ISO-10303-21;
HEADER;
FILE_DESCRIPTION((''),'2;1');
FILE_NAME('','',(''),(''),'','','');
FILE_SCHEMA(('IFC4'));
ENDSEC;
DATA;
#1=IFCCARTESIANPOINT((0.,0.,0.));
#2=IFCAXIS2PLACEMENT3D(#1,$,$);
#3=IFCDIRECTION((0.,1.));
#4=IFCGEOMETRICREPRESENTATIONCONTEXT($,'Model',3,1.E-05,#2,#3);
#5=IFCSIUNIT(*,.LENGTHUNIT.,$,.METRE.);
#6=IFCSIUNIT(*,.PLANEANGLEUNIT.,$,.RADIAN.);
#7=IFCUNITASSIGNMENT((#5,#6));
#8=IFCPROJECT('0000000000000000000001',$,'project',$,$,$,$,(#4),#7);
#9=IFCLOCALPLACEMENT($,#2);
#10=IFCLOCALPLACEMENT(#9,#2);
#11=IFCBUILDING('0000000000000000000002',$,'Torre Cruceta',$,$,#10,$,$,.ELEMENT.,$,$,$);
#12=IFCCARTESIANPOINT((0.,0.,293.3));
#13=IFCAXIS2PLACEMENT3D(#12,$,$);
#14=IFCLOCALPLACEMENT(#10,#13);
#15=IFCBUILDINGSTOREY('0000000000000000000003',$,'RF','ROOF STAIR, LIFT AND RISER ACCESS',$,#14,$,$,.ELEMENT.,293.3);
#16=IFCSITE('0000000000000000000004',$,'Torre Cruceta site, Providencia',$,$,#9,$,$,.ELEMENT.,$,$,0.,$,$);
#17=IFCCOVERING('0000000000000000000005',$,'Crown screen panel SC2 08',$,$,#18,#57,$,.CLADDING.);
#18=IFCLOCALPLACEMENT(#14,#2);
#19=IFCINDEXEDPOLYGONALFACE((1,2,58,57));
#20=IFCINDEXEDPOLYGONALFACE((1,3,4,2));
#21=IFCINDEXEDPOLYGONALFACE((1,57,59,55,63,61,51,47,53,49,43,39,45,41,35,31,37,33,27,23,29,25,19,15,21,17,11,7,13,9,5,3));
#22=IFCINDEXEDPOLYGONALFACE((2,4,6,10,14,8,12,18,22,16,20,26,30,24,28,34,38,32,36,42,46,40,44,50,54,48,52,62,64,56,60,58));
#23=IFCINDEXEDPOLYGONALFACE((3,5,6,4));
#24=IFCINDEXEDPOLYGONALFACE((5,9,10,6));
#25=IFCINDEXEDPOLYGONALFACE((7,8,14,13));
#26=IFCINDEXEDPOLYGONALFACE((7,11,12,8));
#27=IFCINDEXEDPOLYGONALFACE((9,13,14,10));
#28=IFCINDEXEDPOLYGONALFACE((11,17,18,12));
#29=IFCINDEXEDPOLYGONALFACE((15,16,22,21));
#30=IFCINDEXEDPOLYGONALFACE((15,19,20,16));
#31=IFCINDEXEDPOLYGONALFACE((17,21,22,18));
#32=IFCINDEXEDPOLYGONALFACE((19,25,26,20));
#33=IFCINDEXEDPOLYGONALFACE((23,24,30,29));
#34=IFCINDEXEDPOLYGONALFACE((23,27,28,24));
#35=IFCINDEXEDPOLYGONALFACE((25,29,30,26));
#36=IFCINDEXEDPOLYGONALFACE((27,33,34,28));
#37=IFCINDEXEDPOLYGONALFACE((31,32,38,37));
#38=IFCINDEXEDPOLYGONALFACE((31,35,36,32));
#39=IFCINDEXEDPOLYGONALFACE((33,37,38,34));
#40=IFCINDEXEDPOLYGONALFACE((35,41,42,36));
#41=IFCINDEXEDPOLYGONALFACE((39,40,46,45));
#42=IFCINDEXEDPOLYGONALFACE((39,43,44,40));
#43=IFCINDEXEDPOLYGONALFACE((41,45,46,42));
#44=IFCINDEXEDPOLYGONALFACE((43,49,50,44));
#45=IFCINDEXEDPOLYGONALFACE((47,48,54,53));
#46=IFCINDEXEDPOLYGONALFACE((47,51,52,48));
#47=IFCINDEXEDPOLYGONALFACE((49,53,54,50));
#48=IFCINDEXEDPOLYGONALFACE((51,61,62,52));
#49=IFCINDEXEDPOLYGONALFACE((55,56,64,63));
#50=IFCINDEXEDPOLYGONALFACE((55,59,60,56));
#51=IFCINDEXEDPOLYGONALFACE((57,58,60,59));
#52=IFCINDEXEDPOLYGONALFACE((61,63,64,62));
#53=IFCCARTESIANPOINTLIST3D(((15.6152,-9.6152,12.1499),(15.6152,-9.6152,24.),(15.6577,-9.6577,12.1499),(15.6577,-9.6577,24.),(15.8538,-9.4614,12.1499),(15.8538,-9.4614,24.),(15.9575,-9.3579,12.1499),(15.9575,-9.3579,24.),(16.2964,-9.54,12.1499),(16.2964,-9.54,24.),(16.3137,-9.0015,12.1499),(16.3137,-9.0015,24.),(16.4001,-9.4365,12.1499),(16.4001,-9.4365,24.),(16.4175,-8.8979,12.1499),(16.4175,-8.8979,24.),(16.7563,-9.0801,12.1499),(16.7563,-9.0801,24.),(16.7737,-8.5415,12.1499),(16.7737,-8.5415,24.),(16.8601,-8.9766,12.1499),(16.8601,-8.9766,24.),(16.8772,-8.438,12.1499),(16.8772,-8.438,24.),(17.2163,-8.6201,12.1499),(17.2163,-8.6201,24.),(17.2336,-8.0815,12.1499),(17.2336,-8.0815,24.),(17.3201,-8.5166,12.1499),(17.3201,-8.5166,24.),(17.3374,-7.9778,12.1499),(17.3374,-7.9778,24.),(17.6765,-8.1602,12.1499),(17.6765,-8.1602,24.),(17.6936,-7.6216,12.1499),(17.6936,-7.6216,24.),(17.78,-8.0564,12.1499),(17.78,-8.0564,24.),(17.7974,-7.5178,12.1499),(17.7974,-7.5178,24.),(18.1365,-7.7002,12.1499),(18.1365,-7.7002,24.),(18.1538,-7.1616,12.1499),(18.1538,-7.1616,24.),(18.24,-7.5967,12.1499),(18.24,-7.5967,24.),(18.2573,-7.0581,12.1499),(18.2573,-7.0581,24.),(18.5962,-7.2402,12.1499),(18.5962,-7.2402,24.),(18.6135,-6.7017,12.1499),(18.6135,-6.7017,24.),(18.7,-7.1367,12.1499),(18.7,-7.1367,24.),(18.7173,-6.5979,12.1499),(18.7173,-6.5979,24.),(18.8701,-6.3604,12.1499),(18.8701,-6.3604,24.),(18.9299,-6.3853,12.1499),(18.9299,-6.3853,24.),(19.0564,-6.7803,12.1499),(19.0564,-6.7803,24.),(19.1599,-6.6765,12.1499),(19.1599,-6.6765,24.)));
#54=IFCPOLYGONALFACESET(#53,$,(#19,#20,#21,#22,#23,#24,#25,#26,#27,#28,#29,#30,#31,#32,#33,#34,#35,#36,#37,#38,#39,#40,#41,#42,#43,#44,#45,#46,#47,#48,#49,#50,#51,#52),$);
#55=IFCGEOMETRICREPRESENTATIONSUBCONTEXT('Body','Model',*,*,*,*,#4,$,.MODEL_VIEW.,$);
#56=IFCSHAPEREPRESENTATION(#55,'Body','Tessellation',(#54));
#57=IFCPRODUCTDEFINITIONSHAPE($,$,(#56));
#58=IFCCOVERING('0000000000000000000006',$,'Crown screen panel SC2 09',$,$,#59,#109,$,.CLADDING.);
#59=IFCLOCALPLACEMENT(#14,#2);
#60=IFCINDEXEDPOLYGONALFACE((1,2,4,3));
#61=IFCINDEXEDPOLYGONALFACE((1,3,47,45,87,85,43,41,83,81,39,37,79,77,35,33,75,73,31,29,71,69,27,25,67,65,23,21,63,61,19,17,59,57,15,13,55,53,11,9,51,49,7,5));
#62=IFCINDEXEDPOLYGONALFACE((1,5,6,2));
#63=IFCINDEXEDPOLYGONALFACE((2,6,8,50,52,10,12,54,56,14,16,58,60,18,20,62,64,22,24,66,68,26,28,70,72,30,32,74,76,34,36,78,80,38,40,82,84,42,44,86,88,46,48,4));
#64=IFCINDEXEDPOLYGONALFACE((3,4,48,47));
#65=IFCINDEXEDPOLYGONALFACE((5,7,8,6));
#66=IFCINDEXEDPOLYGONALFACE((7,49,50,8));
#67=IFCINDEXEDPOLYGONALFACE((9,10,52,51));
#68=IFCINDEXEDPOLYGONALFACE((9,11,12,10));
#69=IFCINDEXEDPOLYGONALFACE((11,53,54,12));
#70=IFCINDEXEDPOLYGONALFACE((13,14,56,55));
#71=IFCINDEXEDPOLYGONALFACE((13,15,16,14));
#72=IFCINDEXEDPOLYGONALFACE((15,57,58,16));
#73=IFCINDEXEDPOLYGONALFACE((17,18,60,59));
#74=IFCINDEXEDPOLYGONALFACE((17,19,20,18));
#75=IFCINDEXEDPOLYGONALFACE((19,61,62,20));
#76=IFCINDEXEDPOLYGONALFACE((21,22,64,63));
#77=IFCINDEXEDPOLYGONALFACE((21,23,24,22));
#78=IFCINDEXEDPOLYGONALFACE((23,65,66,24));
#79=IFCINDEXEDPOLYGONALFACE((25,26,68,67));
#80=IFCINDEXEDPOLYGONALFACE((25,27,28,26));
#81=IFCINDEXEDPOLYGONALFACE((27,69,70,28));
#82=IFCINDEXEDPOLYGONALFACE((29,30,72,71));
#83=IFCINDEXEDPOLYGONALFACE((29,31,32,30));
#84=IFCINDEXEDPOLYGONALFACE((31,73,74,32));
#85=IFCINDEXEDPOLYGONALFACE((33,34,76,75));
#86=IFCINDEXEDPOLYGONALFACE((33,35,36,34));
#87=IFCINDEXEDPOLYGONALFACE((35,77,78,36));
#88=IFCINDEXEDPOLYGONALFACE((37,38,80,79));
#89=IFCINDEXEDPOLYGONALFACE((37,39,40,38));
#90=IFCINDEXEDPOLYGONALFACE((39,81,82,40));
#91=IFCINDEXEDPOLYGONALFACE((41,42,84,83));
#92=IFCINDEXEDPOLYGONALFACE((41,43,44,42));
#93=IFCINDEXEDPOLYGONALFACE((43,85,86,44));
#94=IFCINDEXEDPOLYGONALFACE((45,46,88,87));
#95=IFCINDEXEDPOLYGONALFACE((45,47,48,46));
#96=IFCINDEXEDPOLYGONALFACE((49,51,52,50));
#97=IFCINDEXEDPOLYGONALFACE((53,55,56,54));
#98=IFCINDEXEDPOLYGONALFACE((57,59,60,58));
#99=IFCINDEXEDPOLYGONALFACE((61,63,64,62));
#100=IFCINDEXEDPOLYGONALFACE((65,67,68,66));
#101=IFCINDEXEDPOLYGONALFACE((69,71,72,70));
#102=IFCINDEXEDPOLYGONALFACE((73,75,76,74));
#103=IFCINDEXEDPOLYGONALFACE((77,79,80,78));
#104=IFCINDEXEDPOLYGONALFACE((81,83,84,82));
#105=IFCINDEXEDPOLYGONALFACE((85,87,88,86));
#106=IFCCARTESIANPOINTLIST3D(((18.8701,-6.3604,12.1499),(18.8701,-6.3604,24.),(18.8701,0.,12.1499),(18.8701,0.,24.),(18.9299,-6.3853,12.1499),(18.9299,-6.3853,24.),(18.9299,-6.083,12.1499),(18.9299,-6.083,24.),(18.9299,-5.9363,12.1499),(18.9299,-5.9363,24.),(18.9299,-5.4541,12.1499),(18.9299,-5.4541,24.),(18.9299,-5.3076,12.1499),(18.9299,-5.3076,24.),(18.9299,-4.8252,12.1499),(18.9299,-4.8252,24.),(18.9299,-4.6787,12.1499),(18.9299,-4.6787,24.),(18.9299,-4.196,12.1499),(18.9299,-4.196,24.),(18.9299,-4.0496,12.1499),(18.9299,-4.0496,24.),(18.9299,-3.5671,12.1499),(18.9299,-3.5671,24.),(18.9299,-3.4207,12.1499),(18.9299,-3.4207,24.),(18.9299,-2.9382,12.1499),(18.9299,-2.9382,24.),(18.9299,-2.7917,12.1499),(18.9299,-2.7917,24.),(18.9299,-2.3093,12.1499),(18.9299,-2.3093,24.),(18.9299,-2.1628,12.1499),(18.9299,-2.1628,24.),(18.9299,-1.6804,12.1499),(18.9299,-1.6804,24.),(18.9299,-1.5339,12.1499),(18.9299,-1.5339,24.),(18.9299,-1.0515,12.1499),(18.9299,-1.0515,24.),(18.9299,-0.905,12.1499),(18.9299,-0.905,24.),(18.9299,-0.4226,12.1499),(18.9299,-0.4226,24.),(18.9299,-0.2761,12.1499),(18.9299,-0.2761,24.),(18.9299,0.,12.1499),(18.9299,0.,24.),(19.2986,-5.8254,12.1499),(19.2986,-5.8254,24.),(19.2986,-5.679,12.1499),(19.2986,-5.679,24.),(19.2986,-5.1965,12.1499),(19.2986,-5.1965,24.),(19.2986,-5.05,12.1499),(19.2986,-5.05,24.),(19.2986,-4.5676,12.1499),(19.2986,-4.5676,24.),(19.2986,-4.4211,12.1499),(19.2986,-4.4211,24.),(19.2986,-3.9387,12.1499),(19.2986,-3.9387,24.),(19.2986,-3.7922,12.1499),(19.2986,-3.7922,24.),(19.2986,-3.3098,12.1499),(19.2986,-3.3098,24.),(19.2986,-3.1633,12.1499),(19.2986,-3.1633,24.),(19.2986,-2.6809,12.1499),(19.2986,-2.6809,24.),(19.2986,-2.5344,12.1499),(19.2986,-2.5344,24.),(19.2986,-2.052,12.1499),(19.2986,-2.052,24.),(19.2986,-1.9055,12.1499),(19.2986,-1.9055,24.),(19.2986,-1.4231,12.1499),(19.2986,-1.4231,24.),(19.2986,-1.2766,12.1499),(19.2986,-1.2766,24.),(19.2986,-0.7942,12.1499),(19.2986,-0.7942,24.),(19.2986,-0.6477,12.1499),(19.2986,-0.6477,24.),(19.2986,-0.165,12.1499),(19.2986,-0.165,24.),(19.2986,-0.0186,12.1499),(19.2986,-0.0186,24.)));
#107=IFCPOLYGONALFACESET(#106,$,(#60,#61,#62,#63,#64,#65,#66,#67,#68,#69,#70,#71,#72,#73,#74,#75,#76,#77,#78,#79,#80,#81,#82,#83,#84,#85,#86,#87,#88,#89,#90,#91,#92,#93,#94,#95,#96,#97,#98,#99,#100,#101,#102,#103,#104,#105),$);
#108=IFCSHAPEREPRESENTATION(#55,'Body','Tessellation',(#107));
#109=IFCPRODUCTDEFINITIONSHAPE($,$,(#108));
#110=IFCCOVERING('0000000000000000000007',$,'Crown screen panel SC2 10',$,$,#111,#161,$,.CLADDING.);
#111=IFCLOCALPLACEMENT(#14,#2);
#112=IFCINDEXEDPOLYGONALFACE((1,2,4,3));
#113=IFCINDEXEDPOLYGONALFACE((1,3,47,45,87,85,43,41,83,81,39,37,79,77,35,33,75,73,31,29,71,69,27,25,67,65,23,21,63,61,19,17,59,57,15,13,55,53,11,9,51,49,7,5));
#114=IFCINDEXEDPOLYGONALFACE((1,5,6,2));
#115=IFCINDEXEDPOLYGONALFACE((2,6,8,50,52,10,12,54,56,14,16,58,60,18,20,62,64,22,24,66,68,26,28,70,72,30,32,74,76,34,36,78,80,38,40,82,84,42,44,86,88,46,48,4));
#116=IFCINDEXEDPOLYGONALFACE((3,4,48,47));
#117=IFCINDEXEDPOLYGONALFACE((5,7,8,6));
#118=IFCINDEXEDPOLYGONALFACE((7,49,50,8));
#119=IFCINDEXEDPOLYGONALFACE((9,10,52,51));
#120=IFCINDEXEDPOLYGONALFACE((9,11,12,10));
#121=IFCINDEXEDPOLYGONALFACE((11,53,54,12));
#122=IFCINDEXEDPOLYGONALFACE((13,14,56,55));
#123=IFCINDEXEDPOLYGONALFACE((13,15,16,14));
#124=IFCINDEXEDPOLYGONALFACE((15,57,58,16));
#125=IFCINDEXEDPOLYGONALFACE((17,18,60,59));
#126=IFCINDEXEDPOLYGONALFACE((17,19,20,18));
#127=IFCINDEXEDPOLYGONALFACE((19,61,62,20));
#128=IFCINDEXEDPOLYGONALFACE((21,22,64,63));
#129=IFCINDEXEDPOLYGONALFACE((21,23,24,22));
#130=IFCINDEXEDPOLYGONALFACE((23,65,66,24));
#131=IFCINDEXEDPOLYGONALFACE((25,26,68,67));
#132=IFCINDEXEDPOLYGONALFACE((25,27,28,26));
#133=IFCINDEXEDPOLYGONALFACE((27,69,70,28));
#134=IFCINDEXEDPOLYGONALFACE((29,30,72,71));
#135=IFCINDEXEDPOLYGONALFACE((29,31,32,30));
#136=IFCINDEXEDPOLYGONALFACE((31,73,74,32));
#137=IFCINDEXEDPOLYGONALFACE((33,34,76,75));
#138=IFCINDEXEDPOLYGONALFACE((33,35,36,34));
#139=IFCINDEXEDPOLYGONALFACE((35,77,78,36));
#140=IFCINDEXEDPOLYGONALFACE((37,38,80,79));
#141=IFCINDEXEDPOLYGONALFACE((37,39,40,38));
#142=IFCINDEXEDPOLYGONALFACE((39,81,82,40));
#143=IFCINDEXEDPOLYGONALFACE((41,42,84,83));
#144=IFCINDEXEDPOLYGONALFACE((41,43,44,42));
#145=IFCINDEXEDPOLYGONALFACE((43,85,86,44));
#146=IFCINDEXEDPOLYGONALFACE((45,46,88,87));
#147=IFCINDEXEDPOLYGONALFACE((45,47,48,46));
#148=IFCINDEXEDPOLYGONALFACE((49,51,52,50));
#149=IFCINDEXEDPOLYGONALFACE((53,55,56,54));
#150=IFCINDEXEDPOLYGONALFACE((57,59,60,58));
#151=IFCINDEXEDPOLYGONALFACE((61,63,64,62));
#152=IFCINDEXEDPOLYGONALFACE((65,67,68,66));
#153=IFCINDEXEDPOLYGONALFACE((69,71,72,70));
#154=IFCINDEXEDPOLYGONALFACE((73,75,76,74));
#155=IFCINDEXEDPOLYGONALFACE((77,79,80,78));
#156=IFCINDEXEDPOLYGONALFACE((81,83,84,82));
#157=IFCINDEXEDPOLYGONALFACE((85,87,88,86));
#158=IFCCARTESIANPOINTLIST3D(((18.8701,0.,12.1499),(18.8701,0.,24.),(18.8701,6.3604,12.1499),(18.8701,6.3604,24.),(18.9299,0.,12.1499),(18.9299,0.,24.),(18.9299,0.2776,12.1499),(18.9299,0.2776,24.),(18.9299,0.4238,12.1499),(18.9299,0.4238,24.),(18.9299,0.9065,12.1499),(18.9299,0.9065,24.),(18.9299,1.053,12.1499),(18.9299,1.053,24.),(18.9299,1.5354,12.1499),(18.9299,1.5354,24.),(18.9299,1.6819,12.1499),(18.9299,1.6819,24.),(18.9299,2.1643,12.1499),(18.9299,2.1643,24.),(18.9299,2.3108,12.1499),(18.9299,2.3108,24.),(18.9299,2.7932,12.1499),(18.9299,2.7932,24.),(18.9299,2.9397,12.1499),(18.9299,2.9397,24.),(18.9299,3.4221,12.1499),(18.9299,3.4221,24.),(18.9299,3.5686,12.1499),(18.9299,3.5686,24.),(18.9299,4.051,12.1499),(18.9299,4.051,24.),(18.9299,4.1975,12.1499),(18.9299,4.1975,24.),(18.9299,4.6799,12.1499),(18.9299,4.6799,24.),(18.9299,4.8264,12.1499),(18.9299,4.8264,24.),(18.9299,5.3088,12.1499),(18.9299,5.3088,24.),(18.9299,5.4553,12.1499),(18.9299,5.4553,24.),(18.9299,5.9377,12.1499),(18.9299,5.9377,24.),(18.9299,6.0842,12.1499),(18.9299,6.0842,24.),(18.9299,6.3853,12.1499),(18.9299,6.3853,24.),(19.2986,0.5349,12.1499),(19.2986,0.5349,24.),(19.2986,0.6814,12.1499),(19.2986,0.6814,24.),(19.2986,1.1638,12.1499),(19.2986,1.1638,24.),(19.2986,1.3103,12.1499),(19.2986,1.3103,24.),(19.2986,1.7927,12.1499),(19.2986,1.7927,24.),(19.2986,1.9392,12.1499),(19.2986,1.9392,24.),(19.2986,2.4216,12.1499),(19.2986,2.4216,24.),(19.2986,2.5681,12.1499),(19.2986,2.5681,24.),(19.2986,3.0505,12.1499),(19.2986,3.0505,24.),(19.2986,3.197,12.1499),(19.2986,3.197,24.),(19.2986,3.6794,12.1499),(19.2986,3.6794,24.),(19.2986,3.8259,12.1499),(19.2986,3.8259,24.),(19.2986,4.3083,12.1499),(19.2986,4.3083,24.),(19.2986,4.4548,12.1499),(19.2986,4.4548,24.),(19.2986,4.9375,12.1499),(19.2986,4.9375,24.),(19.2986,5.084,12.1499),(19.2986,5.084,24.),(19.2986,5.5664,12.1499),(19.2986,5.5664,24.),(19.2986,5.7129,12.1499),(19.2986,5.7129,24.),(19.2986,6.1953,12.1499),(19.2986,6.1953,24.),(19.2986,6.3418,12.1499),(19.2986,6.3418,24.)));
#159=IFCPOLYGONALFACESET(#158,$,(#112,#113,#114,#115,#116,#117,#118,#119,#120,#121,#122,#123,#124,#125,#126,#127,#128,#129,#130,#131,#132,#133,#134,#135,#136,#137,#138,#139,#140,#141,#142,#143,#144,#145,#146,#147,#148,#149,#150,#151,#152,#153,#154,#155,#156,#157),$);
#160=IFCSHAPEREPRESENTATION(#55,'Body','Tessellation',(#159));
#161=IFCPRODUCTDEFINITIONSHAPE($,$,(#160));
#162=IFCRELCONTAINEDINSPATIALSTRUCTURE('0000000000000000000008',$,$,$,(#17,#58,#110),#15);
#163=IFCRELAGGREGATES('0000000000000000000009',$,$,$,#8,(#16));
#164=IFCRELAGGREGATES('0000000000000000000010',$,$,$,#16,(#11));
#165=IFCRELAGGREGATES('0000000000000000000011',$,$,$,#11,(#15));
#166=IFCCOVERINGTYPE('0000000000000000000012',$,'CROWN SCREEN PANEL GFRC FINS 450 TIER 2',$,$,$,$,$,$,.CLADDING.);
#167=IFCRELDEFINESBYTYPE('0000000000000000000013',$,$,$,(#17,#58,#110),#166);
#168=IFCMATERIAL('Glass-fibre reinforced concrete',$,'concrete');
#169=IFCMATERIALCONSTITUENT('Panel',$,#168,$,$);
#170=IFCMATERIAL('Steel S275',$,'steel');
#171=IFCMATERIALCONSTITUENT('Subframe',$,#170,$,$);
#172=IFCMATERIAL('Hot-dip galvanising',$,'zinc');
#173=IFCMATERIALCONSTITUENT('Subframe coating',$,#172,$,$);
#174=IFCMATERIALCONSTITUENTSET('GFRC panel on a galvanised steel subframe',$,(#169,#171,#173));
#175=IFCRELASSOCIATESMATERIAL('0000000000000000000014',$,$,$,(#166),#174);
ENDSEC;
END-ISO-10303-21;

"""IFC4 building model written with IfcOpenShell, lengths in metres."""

from ifc_helpers import new_model, si_unit, direction, frame, origin, place, context, subcontext, project, spatial, polyline, outline, extrude, material, constituent, constituent_set, type_object, element, save


model = new_model("IFC4")

# Units and contexts
model_context = context("Model", 3, precision=1e-05, world=origin(), true_north=direction((0.0, 1.0)))
body_context = subcontext(model_context, "Body", "Model", "MODEL_VIEW")
ifc_project = project(units=[si_unit("LENGTHUNIT", "METRE"), si_unit("PLANEANGLEUNIT", "RADIAN")], contexts=[model_context])

# Site, building, storey
site_placement = place(None, origin())
site = spatial("IfcSite", under=ifc_project, at=site_placement, Name="Torre Cruceta site, Providencia", CompositionType="ELEMENT", RefElevation=0.0)
building_placement = place(site_placement, origin())
building = spatial("IfcBuilding", under=site, at=building_placement, Name="Torre Cruceta", CompositionType="ELEMENT")
storey_placement = place(building_placement, frame((0.0, 0.0, 293.3)))
storey = spatial("IfcBuildingStorey", under=building, at=storey_placement, Name="RF", Description="ROOF STAIR, LIFT AND RISER ACCESS", CompositionType="ELEMENT", Elevation=293.3)

# Coverings
ifc_material_1 = material(Name="Glass-fibre reinforced concrete", Category="concrete")
ifc_constituent_1 = constituent(ifc_material_1, Name="Panel")
ifc_material_2 = material(Name="Steel S275", Category="steel")
ifc_constituent_2 = constituent(ifc_material_2, Name="Subframe")
ifc_material_3 = material(Name="Hot-dip galvanising", Category="zinc")
ifc_constituent_3 = constituent(ifc_material_3, Name="Subframe coating")
ifc_constituent_set_1 = constituent_set(constituents=[ifc_constituent_1, ifc_constituent_2, ifc_constituent_3], Name="GFRC panel on a galvanised steel subframe")
covering_type_1 = type_object("IfcCoveringType", Name="CROWN SCREEN PANEL GFRC FINS 450 TIER 2", PredefinedType="CLADDING", material=ifc_constituent_set_1)
covering_1_placement = place(storey_placement, frame((0.0, 0.0, 12.1499)))
element("IfcCovering", 1, at=covering_1_placement, inside=storey, type_object=covering_type_1, Name="Crown screen panel SC2 08", PredefinedType="CLADDING", context=body_context, shape_type="SweptSolid", body=[
    extrude(outline(polyline([(16.4001, -9.4365), (15.9575, -9.3579), (16.3137, -9.0015), (16.7563, -9.0801), (16.8601, -8.9766), (16.4175, -8.8979), (16.7737, -8.5415), (17.2163, -8.6201), (17.3201, -8.5166), (16.8772, -8.438), (17.2336, -8.0815), (17.6765, -8.1602), (17.78, -8.0564), (17.3374, -7.9778), (17.6936, -7.6216), (18.1365, -7.7002), (18.24, -7.5967), (17.7974, -7.5178), (18.1538, -7.1616), (18.5962, -7.2402), (18.7, -7.1367), (18.2573, -7.0581), (18.6135, -6.7017), (19.0564, -6.7803), (19.1599, -6.6765), (18.7173, -6.5979), (18.9299, -6.3853), (18.8701, -6.3604), (15.6152, -9.6152), (15.6577, -9.6577), (15.8538, -9.4614), (16.2964, -9.54), (16.4001, -9.4365)])), origin(), (0.0, 0.0, 1.0), 11.8501),
])
covering_2_placement = place(storey_placement, frame((0.0, 0.0, 12.1499)))
element("IfcCovering", 2, at=covering_2_placement, inside=storey, type_object=covering_type_1, Name="Crown screen panel SC2 09", PredefinedType="CLADDING", context=body_context, shape_type="SweptSolid", body=[
    extrude(outline(polyline([(19.2986, -5.679), (18.9299, -5.9363), (18.9299, -5.4541), (19.2986, -5.1965), (19.2986, -5.05), (18.9299, -5.3076), (18.9299, -4.8252), (19.2986, -4.5676), (19.2986, -4.4211), (18.9299, -4.6787), (18.9299, -4.196), (19.2986, -3.9387), (19.2986, -3.7922), (18.9299, -4.0496), (18.9299, -3.5671), (19.2986, -3.3098), (19.2986, -3.1633), (18.9299, -3.4207), (18.9299, -2.9382), (19.2986, -2.6809), (19.2986, -2.5344), (18.9299, -2.7917), (18.9299, -2.3093), (19.2986, -2.052), (19.2986, -1.9055), (18.9299, -2.1628), (18.9299, -1.6804), (19.2986, -1.4231), (19.2986, -1.2766), (18.9299, -1.5339), (18.9299, -1.0515), (19.2986, -0.7942), (19.2986, -0.6477), (18.9299, -0.905), (18.9299, -0.4226), (19.2986, -0.165), (19.2986, -0.0186), (18.9299, -0.2761), (18.9299, 0.0), (18.8701, 0.0), (18.8701, -6.3604), (18.9299, -6.3853), (18.9299, -6.083), (19.2986, -5.8254), (19.2986, -5.679)])), origin(), (0.0, 0.0, 1.0), 11.8501),
])
covering_3_placement = place(storey_placement, frame((0.0, 0.0, 12.1499)))
element("IfcCovering", 3, at=covering_3_placement, inside=storey, type_object=covering_type_1, Name="Crown screen panel SC2 10", PredefinedType="CLADDING", context=body_context, shape_type="SweptSolid", body=[
    extrude(outline(polyline([(19.2986, 0.6814), (18.9299, 0.4238), (18.9299, 0.9065), (19.2986, 1.1638), (19.2986, 1.3103), (18.9299, 1.053), (18.9299, 1.5354), (19.2986, 1.7927), (19.2986, 1.9392), (18.9299, 1.6819), (18.9299, 2.1643), (19.2986, 2.4216), (19.2986, 2.5681), (18.9299, 2.3108), (18.9299, 2.7932), (19.2986, 3.0505), (19.2986, 3.197), (18.9299, 2.9397), (18.9299, 3.4221), (19.2986, 3.6794), (19.2986, 3.8259), (18.9299, 3.5686), (18.9299, 4.051), (19.2986, 4.3083), (19.2986, 4.4548), (18.9299, 4.1975), (18.9299, 4.6799), (19.2986, 4.9375), (19.2986, 5.084), (18.9299, 4.8264), (18.9299, 5.3088), (19.2986, 5.5664), (19.2986, 5.7129), (18.9299, 5.4553), (18.9299, 5.9377), (19.2986, 6.1953), (19.2986, 6.3418), (18.9299, 6.0842), (18.9299, 6.3853), (18.8701, 6.3604), (18.8701, 0.0), (18.9299, 0.0), (18.9299, 0.2776), (19.2986, 0.5349), (19.2986, 0.6814)])), origin(), (0.0, 0.0, 1.0), 11.8501),
])

save(model, "model.ifc")
